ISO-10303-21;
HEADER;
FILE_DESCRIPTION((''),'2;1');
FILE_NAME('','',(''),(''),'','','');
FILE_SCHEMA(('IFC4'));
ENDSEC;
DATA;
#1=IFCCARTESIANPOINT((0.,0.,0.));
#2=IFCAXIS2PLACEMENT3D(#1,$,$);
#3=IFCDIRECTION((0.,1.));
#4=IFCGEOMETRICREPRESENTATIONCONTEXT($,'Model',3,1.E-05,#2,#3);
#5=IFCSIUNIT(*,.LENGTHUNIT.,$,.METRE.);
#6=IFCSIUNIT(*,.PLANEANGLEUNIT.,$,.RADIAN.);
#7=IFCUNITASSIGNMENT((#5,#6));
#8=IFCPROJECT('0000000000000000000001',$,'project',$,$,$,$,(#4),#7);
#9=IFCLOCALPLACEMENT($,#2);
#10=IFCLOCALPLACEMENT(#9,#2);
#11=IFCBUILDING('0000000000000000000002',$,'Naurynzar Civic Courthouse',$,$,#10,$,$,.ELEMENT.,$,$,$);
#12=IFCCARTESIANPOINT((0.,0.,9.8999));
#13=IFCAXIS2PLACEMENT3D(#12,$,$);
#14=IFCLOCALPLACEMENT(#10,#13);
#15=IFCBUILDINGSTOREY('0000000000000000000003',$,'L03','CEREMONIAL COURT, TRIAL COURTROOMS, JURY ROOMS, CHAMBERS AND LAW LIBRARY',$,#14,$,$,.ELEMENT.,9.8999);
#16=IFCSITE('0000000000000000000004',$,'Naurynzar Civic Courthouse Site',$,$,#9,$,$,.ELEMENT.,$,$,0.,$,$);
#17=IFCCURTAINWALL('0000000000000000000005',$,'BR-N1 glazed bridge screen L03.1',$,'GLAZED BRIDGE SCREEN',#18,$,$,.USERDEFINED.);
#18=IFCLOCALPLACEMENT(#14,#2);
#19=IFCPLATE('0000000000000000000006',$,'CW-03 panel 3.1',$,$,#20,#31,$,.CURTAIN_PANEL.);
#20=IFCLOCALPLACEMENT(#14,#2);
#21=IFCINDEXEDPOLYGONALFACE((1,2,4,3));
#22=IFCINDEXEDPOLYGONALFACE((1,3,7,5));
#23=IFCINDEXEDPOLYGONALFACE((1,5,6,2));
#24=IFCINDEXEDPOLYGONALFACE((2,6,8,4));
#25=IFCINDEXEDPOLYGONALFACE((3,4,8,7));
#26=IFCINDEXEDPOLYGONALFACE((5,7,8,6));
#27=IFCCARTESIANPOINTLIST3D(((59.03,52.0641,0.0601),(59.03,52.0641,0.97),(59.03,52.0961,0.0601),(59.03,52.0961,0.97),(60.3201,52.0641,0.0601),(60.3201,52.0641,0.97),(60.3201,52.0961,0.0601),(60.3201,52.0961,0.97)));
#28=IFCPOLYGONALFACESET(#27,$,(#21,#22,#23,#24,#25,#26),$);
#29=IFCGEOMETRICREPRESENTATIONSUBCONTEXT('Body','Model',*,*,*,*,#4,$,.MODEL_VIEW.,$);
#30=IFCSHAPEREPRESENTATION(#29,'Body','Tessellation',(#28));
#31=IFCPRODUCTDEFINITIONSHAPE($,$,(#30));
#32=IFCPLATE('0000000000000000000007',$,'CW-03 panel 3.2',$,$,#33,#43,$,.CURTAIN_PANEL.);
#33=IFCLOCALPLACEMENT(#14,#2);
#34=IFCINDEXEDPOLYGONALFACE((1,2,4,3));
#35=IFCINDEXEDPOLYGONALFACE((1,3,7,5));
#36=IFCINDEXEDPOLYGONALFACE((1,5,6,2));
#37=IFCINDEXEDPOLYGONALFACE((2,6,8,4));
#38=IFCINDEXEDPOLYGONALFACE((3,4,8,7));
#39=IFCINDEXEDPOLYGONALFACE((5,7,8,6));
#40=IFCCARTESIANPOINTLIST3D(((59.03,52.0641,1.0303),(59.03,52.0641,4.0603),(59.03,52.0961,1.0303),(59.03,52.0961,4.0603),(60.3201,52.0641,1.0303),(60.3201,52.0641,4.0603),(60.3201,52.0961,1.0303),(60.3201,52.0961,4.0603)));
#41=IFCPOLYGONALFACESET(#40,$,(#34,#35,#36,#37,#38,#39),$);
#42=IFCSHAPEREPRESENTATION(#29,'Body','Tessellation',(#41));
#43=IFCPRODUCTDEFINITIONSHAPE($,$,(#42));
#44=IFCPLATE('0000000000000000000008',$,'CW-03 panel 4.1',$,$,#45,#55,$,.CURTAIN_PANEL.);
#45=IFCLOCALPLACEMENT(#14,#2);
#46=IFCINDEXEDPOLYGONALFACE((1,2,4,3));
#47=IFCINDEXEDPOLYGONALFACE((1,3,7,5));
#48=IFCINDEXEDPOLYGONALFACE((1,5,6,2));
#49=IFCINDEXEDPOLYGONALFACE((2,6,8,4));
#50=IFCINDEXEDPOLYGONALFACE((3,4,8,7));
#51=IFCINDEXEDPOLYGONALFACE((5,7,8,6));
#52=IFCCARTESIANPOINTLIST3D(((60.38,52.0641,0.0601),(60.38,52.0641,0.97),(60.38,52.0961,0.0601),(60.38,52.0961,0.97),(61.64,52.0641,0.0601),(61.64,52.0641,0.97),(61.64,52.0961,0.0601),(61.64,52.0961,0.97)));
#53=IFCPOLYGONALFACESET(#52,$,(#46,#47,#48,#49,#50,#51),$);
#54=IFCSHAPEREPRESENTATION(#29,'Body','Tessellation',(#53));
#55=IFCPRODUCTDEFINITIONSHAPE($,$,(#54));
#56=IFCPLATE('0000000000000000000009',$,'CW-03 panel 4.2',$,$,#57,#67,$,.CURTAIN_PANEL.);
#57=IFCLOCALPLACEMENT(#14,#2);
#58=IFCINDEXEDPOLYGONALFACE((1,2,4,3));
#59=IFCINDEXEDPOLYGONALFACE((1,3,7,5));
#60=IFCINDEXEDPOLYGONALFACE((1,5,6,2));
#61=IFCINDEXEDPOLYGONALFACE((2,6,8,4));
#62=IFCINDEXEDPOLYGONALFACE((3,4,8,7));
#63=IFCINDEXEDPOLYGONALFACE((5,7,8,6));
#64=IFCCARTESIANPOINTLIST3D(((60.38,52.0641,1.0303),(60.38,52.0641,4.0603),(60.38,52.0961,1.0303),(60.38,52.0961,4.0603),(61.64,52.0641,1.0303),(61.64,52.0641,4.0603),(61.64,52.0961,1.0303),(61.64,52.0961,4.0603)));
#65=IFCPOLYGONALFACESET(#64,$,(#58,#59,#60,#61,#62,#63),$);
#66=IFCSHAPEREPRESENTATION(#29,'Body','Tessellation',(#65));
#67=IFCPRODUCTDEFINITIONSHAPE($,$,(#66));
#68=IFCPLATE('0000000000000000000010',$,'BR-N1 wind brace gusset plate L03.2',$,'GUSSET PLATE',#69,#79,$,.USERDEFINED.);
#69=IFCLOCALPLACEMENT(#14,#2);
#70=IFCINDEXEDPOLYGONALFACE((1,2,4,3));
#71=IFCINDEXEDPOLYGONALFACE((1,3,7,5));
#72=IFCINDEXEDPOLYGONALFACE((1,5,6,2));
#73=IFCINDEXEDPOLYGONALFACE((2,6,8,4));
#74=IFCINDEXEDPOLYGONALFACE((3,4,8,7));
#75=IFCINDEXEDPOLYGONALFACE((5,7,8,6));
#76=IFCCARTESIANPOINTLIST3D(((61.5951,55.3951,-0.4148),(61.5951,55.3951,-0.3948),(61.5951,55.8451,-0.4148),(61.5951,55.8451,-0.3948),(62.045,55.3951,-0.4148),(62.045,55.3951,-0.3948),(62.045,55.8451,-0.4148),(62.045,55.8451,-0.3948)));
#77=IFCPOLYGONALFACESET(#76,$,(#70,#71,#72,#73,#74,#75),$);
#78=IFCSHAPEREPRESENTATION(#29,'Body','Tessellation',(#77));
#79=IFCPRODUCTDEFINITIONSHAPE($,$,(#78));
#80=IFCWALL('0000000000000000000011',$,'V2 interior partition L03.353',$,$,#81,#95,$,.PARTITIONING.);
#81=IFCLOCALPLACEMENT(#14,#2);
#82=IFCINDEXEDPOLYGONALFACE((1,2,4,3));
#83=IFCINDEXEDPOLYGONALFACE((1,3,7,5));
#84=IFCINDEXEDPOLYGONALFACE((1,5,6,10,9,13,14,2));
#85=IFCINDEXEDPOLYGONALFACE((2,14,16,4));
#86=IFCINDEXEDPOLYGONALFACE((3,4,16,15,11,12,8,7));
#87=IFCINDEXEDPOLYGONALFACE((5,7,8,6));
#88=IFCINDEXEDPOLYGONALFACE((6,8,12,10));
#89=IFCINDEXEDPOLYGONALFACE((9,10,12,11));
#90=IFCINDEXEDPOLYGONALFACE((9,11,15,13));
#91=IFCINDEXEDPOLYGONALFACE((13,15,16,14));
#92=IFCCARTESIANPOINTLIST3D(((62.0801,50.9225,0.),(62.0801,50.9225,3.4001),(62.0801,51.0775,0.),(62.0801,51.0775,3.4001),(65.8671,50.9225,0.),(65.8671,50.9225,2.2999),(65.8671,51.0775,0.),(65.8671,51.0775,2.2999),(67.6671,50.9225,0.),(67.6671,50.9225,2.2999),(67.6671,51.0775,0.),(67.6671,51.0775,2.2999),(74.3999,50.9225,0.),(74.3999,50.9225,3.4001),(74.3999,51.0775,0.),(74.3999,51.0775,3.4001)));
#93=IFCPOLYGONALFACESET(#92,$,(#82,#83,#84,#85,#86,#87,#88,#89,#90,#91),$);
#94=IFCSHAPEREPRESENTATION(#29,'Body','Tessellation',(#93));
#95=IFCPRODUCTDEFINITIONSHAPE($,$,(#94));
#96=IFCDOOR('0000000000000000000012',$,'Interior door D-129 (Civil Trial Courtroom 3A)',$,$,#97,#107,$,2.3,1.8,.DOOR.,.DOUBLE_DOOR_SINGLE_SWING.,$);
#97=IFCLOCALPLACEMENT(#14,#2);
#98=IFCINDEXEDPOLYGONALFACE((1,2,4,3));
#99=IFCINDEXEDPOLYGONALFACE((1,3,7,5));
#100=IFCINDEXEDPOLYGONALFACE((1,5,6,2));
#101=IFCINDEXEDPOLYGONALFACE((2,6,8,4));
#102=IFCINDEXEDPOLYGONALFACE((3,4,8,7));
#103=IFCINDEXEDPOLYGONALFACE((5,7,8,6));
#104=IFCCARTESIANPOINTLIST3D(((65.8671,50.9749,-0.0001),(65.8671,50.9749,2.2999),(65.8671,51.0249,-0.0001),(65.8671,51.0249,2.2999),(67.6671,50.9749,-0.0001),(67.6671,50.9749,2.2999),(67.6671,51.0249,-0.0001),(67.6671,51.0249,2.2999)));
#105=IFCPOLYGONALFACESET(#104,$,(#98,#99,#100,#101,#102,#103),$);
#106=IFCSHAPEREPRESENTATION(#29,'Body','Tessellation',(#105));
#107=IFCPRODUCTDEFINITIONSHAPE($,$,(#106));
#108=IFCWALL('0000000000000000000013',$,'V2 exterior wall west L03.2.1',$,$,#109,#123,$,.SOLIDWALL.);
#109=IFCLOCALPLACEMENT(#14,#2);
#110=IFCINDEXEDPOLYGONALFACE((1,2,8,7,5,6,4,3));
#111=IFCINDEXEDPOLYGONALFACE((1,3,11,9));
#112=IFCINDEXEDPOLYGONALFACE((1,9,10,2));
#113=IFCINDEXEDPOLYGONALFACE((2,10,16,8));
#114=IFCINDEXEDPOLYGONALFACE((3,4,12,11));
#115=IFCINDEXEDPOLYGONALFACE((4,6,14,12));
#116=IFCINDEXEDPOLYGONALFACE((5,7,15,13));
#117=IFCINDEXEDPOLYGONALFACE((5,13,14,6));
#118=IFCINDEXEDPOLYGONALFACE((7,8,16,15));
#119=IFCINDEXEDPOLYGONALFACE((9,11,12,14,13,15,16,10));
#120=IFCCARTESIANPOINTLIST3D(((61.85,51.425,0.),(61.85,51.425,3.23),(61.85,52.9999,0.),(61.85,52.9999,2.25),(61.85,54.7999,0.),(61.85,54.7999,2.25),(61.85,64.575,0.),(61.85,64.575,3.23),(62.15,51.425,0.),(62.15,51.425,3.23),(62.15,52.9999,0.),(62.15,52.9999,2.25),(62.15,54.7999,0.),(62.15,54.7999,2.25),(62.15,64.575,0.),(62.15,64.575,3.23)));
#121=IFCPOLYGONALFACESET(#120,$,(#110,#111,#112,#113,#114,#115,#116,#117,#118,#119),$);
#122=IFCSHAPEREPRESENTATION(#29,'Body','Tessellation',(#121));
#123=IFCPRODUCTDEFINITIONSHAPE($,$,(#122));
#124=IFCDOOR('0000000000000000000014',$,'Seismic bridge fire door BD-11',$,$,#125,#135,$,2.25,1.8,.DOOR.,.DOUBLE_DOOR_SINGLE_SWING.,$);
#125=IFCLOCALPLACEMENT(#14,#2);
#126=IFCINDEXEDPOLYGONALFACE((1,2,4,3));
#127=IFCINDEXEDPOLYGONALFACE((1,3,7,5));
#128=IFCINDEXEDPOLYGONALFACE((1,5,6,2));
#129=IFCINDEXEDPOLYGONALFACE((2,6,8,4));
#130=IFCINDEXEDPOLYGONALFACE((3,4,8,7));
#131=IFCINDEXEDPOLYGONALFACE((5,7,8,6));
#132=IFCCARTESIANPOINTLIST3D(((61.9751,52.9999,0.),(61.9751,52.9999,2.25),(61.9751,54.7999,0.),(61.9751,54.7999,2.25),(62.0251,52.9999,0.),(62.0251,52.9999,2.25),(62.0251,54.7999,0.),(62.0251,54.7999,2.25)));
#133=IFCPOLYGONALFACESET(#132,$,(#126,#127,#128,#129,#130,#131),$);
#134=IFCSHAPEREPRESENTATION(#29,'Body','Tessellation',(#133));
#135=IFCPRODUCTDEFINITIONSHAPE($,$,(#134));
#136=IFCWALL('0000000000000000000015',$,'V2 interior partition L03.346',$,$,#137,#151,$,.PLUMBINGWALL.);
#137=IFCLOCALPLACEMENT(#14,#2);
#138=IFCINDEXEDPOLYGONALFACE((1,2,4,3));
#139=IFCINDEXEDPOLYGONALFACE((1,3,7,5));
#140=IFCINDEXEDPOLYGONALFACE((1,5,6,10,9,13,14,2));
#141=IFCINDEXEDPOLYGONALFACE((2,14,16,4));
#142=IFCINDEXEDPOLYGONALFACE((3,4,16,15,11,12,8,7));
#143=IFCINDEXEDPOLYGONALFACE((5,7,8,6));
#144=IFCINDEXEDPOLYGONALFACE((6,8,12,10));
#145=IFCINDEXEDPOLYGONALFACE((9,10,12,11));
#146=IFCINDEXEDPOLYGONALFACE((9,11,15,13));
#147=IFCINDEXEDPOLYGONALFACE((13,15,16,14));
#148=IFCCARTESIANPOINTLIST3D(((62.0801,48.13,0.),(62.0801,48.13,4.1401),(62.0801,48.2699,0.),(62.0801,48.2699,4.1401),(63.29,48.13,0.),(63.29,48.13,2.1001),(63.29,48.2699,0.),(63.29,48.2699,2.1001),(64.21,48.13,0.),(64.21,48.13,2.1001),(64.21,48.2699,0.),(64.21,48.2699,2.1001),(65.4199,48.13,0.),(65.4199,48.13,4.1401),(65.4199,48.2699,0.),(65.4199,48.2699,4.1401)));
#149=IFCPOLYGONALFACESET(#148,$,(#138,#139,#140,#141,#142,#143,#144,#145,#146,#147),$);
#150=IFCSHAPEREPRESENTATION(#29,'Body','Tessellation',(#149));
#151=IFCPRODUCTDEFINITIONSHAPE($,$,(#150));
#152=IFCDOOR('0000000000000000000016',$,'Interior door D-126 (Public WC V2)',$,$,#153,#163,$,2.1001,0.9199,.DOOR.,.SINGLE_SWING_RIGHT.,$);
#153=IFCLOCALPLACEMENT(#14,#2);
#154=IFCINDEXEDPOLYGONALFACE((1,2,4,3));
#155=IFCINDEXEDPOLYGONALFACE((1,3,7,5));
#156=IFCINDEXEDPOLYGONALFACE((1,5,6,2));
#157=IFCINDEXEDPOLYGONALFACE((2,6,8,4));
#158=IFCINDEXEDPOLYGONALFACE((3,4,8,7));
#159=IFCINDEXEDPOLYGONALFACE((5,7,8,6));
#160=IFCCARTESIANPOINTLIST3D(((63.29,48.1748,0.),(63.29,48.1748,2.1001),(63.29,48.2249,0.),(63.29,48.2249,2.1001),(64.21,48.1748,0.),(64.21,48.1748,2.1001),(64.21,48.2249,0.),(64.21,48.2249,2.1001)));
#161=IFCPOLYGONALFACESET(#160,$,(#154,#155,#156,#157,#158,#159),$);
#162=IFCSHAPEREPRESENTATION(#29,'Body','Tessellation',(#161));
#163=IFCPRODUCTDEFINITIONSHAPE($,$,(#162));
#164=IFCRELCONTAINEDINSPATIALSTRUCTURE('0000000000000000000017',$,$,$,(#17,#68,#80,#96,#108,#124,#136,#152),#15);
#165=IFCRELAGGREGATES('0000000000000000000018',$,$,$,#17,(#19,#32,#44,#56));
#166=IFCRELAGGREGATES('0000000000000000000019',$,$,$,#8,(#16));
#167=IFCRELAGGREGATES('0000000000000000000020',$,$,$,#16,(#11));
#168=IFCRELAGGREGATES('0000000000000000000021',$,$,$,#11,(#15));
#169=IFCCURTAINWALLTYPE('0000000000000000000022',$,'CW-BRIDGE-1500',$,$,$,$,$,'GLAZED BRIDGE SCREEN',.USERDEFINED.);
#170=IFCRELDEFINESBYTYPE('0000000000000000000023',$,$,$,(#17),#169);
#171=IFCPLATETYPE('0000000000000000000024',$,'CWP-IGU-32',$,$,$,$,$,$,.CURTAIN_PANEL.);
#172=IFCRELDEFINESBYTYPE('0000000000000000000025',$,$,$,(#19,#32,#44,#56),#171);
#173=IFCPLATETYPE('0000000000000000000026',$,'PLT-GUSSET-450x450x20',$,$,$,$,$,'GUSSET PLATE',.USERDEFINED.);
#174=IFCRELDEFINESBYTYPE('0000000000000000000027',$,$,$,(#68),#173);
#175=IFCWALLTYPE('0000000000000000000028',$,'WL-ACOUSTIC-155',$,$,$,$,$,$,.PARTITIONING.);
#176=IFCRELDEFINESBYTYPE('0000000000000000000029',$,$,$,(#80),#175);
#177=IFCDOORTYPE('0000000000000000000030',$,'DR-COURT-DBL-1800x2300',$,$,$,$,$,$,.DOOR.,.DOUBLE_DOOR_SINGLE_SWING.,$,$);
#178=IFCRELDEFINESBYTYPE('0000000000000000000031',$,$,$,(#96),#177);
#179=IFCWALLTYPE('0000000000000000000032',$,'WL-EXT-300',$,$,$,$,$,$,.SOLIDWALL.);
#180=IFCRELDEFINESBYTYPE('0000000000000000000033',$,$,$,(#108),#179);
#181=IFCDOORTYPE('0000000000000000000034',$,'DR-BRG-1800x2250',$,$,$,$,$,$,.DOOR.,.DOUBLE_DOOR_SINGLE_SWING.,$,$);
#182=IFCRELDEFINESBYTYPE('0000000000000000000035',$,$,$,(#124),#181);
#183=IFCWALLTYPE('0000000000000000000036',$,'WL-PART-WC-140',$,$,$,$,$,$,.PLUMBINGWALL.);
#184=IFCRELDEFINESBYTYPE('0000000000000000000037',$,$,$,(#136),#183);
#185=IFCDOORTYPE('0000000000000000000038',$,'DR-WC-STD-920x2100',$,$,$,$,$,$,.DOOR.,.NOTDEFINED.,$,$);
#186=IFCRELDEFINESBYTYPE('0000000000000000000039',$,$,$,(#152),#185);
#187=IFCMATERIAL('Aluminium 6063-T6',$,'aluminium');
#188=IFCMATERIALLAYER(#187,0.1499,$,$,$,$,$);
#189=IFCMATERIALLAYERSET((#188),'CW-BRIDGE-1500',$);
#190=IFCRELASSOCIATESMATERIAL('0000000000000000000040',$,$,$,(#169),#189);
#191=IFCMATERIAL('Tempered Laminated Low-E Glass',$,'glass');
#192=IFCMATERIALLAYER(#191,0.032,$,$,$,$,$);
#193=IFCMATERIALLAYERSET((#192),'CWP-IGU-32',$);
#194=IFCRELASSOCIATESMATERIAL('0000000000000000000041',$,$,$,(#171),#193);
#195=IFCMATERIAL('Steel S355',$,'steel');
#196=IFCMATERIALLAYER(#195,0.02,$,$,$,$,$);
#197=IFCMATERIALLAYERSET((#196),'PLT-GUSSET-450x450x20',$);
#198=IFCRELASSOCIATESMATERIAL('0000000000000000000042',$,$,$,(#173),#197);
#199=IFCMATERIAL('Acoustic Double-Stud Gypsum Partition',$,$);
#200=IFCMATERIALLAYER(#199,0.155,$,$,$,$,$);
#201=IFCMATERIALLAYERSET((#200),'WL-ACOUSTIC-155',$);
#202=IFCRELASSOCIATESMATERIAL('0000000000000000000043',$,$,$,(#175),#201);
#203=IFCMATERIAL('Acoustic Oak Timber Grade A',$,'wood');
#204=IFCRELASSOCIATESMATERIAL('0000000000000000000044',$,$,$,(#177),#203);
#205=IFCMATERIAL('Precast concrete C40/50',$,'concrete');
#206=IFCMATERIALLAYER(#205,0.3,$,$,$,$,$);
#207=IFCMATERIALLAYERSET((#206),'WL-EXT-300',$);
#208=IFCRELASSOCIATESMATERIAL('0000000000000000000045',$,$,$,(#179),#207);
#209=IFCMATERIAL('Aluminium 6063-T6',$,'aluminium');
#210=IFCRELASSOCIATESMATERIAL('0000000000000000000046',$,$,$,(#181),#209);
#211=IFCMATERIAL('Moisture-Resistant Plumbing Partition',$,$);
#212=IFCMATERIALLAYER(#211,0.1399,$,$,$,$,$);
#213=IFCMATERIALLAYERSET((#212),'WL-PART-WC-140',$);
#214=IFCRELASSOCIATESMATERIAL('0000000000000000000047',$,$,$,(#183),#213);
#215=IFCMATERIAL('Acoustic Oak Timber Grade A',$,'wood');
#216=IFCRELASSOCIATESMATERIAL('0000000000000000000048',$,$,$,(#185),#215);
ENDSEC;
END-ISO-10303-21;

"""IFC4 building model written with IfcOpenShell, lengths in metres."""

from ifc_helpers import new_model, si_unit, direction, frame, frame_2d, origin, origin_2d, place, context, subcontext, project, spatial, rectangle, extrude, material, layer, layer_set, type_object, element, fill, aggregate, save


model = new_model("IFC4")

# Units and contexts
model_context = context("Model", 3, precision=1e-05, world=origin(), true_north=direction((0.0, 1.0)))
body_context = subcontext(model_context, "Body", "Model", "MODEL_VIEW")
ifc_project = project(units=[si_unit("LENGTHUNIT", "METRE"), si_unit("PLANEANGLEUNIT", "RADIAN")], contexts=[model_context])

# Site, building, storey
site_placement = place(None, origin())
site = spatial("IfcSite", under=ifc_project, at=site_placement, Name="Naurynzar Civic Courthouse Site", CompositionType="ELEMENT", RefElevation=0.0)
building_placement = place(site_placement, origin())
building = spatial("IfcBuilding", under=site, at=building_placement, Name="Naurynzar Civic Courthouse", CompositionType="ELEMENT")
storey_placement = place(building_placement, frame((0.0, 0.0, 9.8999)))
storey = spatial("IfcBuildingStorey", under=building, at=storey_placement, Name="L03", Description="CEREMONIAL COURT, TRIAL COURTROOMS, JURY ROOMS, CHAMBERS AND LAW LIBRARY", CompositionType="ELEMENT", Elevation=9.8999)

# Curtain wall, plates
ifc_material_1 = material(Name="Aluminium 6063-T6", Category="aluminium")
ifc_layer_1 = layer(ifc_material_1, 0.1499)
ifc_layer_set_1 = layer_set([ifc_layer_1], Name="CW-BRIDGE-1500")
curtain_wall_type = type_object("IfcCurtainWallType", Name="CW-BRIDGE-1500", ElementType="GLAZED BRIDGE SCREEN", PredefinedType="USERDEFINED", material=ifc_layer_set_1)
curtain_wall_placement = place(storey_placement, origin())
curtain_wall = element("IfcCurtainWall", 1, at=curtain_wall_placement, inside=storey, type_object=curtain_wall_type, Name="BR-N1 glazed bridge screen L03.1", ObjectType="GLAZED BRIDGE SCREEN", PredefinedType="USERDEFINED")
ifc_material_2 = material(Name="Tempered Laminated Low-E Glass", Category="glass")
ifc_layer_2 = layer(ifc_material_2, 0.032)
ifc_layer_set_2 = layer_set([ifc_layer_2], Name="CWP-IGU-32")
plate_type_1 = type_object("IfcPlateType", Name="CWP-IGU-32", PredefinedType="CURTAIN_PANEL", material=ifc_layer_set_2)
plate_1_placement = place(storey_placement, frame((59.675, 52.0801, 0.0601), z_axis=(0.0, 0.0, 1.0), x_axis=(1.0, 0.0, 0.0)))
plate_1 = element("IfcPlate", 2, at=plate_1_placement, type_object=plate_type_1, Name="CW-03 panel 3.1", PredefinedType="CURTAIN_PANEL", context=body_context, shape_type="SweptSolid", body=[
    extrude(rectangle(XDim=1.29, YDim=0.032, at=origin_2d()), origin(), (0.0, 0.0, 1.0), 0.9099),
])
plate_2_placement = place(storey_placement, frame((59.675, 52.0801, 1.0303), z_axis=(0.0, 0.0, 1.0), x_axis=(1.0, 0.0, 0.0)))
plate_2 = element("IfcPlate", 3, at=plate_2_placement, type_object=plate_type_1, Name="CW-03 panel 3.2", PredefinedType="CURTAIN_PANEL", context=body_context, shape_type="SweptSolid", body=[
    extrude(rectangle(XDim=1.29, YDim=0.032, at=origin_2d()), origin(), (0.0, 0.0, 1.0), 3.03),
])
plate_3_placement = place(storey_placement, frame((61.01, 52.0801, 0.0601), z_axis=(0.0, 0.0, 1.0), x_axis=(1.0, 0.0, 0.0)))
plate_3 = element("IfcPlate", 4, at=plate_3_placement, type_object=plate_type_1, Name="CW-03 panel 4.1", PredefinedType="CURTAIN_PANEL", context=body_context, shape_type="SweptSolid", body=[
    extrude(rectangle(XDim=1.26, YDim=0.032, at=origin_2d()), origin(), (0.0, 0.0, 1.0), 0.9099),
])
plate_4_placement = place(storey_placement, frame((61.01, 52.0801, 1.0303), z_axis=(0.0, 0.0, 1.0), x_axis=(1.0, 0.0, 0.0)))
plate_4 = element("IfcPlate", 5, at=plate_4_placement, type_object=plate_type_1, Name="CW-03 panel 4.2", PredefinedType="CURTAIN_PANEL", context=body_context, shape_type="SweptSolid", body=[
    extrude(rectangle(XDim=1.26, YDim=0.032, at=origin_2d()), origin(), (0.0, 0.0, 1.0), 3.03),
])
aggregate(curtain_wall, [plate_1, plate_2, plate_3, plate_4])

# Plate
ifc_material_3 = material(Name="Steel S355", Category="steel")
ifc_layer_3 = layer(ifc_material_3, 0.02)
ifc_layer_set_3 = layer_set([ifc_layer_3], Name="PLT-GUSSET-450x450x20")
plate_type_2 = type_object("IfcPlateType", Name="PLT-GUSSET-450x450x20", ElementType="GUSSET PLATE", PredefinedType="USERDEFINED", material=ifc_layer_set_3)
plate_5_placement = place(storey_placement, frame((61.8201, 55.6201, -0.4148), z_axis=(0.0, 0.0, 1.0), x_axis=(1.0, 0.0, 0.0)))
element("IfcPlate", 6, at=plate_5_placement, inside=storey, type_object=plate_type_2, Name="BR-N1 wind brace gusset plate L03.2", ObjectType="GUSSET PLATE", PredefinedType="USERDEFINED", context=body_context, shape_type="SweptSolid", body=[
    extrude(rectangle(XDim=0.45, YDim=0.45, at=origin_2d()), origin(), (0.0, 0.0, 1.0), 0.02),
])

# Walls, openings, doors
ifc_material_4 = material(Name="Acoustic Double-Stud Gypsum Partition")
ifc_layer_4 = layer(ifc_material_4, 0.155)
ifc_layer_set_4 = layer_set([ifc_layer_4], Name="WL-ACOUSTIC-155")
wall_type_1 = type_object("IfcWallType", Name="WL-ACOUSTIC-155", PredefinedType="PARTITIONING", material=ifc_layer_set_4)
wall_1_placement = place(storey_placement, frame((62.0801, 51.0, 0.0), z_axis=(0.0, 0.0, 1.0), x_axis=(1.0, 0.0, 0.0)))
wall_1 = element("IfcWall", 7, at=wall_1_placement, inside=storey, type_object=wall_type_1, Name="V2 interior partition L03.353", PredefinedType="PARTITIONING", context=body_context, shape_type="SweptSolid", body=[
    extrude(rectangle(XDim=12.3198, YDim=0.155, at=frame_2d((6.1599, 0.0))), origin(), (0.0, 0.0, 1.0), 3.4001),
])
opening_1_placement = place(wall_1_placement, frame((3.7871, 0.0, 0.0)))
opening_1 = element("IfcOpeningElement", 8, at=opening_1_placement, cuts=wall_1, PredefinedType="OPENING", context=body_context, shape_type="SweptSolid", body=[
    extrude(rectangle(XDim=1.8, YDim=2.3, at=frame_2d((0.8999, 1.1499))), frame((0.0, 0.0874, 0.0), z_axis=(0.0, -1.0, 0.0), x_axis=(1.0, 0.0, 0.0)), (0.0, 0.0, 1.0), 0.175),
])
ifc_material_5 = material(Name="Acoustic Oak Timber Grade A", Category="wood")
door_type_1 = type_object("IfcDoorType", Name="DR-COURT-DBL-1800x2300", OperationType="DOUBLE_DOOR_SINGLE_SWING", PredefinedType="DOOR", material=ifc_material_5)
door_1_placement = place(opening_1_placement, origin())
door_1 = element("IfcDoor", 9, at=door_1_placement, inside=storey, type_object=door_type_1, Name="Interior door D-129 (Civil Trial Courtroom 3A)", OperationType="DOUBLE_DOOR_SINGLE_SWING", OverallHeight=2.3, OverallWidth=1.8, PredefinedType="DOOR", context=body_context, shape_type="SweptSolid", body=[
    extrude(rectangle(XDim=1.8, YDim=2.3, at=frame_2d((0.8999, 1.1499))), frame((0.0, 0.0249, 0.0), z_axis=(0.0, -1.0, 0.0), x_axis=(1.0, 0.0, 0.0)), (0.0, 0.0, 1.0), 0.05),
])
fill(opening_1, door_1)
ifc_material_6 = material(Name="Precast concrete C40/50", Category="concrete")
ifc_layer_5 = layer(ifc_material_6, 0.3)
ifc_layer_set_5 = layer_set([ifc_layer_5], Name="WL-EXT-300")
wall_type_2 = type_object("IfcWallType", Name="WL-EXT-300", PredefinedType="SOLIDWALL", material=ifc_layer_set_5)
wall_2_placement = place(storey_placement, frame((62.0, 51.425, 0.0), z_axis=(0.0, 0.0, 1.0), x_axis=(0.0, 1.0, 0.0)))
wall_2 = element("IfcWall", 10, at=wall_2_placement, inside=storey, type_object=wall_type_2, Name="V2 exterior wall west L03.2.1", PredefinedType="SOLIDWALL", context=body_context, shape_type="SweptSolid", body=[
    extrude(rectangle(XDim=13.1499, YDim=0.3, at=frame_2d((6.575, 0.0))), origin(), (0.0, 0.0, 1.0), 3.23),
])
opening_2_placement = place(wall_2_placement, frame((1.575, 0.0, 0.0)))
opening_2 = element("IfcOpeningElement", 11, at=opening_2_placement, cuts=wall_2, PredefinedType="OPENING", context=body_context, shape_type="SweptSolid", body=[
    extrude(rectangle(XDim=1.8, YDim=2.25, at=frame_2d((0.8999, 1.125))), frame((0.0, 0.1599, 0.0), z_axis=(0.0, -1.0, 0.0), x_axis=(1.0, 0.0, 0.0)), (0.0, 0.0, 1.0), 0.3201),
])
ifc_material_7 = material(Name="Aluminium 6063-T6", Category="aluminium")
door_type_2 = type_object("IfcDoorType", Name="DR-BRG-1800x2250", OperationType="DOUBLE_DOOR_SINGLE_SWING", PredefinedType="DOOR", material=ifc_material_7)
door_2_placement = place(opening_2_placement, origin())
door_2 = element("IfcDoor", 12, at=door_2_placement, inside=storey, type_object=door_type_2, Name="Seismic bridge fire door BD-11", OperationType="DOUBLE_DOOR_SINGLE_SWING", OverallHeight=2.25, OverallWidth=1.8, PredefinedType="DOOR", context=body_context, shape_type="SweptSolid", body=[
    extrude(rectangle(XDim=1.8, YDim=2.25, at=frame_2d((0.8999, 1.125))), frame((0.0, 0.0249, 0.0), z_axis=(0.0, -1.0, 0.0), x_axis=(1.0, 0.0, 0.0)), (0.0, 0.0, 1.0), 0.05),
])
fill(opening_2, door_2)
ifc_material_8 = material(Name="Moisture-Resistant Plumbing Partition")
ifc_layer_6 = layer(ifc_material_8, 0.1399)
ifc_layer_set_6 = layer_set([ifc_layer_6], Name="WL-PART-WC-140")
wall_type_3 = type_object("IfcWallType", Name="WL-PART-WC-140", PredefinedType="PLUMBINGWALL", material=ifc_layer_set_6)
wall_3_placement = place(storey_placement, frame((62.0801, 48.2, 0.0), z_axis=(0.0, 0.0, 1.0), x_axis=(1.0, 0.0, 0.0)))
wall_3 = element("IfcWall", 13, at=wall_3_placement, inside=storey, type_object=wall_type_3, Name="V2 interior partition L03.346", PredefinedType="PLUMBINGWALL", context=body_context, shape_type="SweptSolid", body=[
    extrude(rectangle(XDim=3.3398, YDim=0.1399, at=frame_2d((1.6699, 0.0))), origin(), (0.0, 0.0, 1.0), 4.1401),
])
opening_3_placement = place(wall_3_placement, frame((1.21, 0.0, 0.0)))
opening_3 = element("IfcOpeningElement", 14, at=opening_3_placement, cuts=wall_3, PredefinedType="OPENING", context=body_context, shape_type="SweptSolid", body=[
    extrude(rectangle(XDim=0.9199, YDim=2.1001, at=frame_2d((0.46, 1.05))), frame((0.0, 0.0798, 0.0), z_axis=(0.0, -1.0, 0.0), x_axis=(1.0, 0.0, 0.0)), (0.0, 0.0, 1.0), 0.1599),
])
ifc_material_9 = material(Name="Acoustic Oak Timber Grade A", Category="wood")
door_type_3 = type_object("IfcDoorType", Name="DR-WC-STD-920x2100", OperationType="NOTDEFINED", PredefinedType="DOOR", material=ifc_material_9)
door_3_placement = place(opening_3_placement, origin())
door_3 = element("IfcDoor", 15, at=door_3_placement, inside=storey, type_object=door_type_3, Name="Interior door D-126 (Public WC V2)", OperationType="SINGLE_SWING_RIGHT", OverallHeight=2.1001, OverallWidth=0.9199, PredefinedType="DOOR", context=body_context, shape_type="SweptSolid", body=[
    extrude(rectangle(XDim=0.9199, YDim=2.1001, at=frame_2d((0.46, 1.05))), frame((0.0, 0.0249, 0.0), z_axis=(0.0, -1.0, 0.0), x_axis=(1.0, 0.0, 0.0)), (0.0, 0.0, 1.0), 0.05),
])
fill(opening_3, door_3)

save(model, "model.ifc")
